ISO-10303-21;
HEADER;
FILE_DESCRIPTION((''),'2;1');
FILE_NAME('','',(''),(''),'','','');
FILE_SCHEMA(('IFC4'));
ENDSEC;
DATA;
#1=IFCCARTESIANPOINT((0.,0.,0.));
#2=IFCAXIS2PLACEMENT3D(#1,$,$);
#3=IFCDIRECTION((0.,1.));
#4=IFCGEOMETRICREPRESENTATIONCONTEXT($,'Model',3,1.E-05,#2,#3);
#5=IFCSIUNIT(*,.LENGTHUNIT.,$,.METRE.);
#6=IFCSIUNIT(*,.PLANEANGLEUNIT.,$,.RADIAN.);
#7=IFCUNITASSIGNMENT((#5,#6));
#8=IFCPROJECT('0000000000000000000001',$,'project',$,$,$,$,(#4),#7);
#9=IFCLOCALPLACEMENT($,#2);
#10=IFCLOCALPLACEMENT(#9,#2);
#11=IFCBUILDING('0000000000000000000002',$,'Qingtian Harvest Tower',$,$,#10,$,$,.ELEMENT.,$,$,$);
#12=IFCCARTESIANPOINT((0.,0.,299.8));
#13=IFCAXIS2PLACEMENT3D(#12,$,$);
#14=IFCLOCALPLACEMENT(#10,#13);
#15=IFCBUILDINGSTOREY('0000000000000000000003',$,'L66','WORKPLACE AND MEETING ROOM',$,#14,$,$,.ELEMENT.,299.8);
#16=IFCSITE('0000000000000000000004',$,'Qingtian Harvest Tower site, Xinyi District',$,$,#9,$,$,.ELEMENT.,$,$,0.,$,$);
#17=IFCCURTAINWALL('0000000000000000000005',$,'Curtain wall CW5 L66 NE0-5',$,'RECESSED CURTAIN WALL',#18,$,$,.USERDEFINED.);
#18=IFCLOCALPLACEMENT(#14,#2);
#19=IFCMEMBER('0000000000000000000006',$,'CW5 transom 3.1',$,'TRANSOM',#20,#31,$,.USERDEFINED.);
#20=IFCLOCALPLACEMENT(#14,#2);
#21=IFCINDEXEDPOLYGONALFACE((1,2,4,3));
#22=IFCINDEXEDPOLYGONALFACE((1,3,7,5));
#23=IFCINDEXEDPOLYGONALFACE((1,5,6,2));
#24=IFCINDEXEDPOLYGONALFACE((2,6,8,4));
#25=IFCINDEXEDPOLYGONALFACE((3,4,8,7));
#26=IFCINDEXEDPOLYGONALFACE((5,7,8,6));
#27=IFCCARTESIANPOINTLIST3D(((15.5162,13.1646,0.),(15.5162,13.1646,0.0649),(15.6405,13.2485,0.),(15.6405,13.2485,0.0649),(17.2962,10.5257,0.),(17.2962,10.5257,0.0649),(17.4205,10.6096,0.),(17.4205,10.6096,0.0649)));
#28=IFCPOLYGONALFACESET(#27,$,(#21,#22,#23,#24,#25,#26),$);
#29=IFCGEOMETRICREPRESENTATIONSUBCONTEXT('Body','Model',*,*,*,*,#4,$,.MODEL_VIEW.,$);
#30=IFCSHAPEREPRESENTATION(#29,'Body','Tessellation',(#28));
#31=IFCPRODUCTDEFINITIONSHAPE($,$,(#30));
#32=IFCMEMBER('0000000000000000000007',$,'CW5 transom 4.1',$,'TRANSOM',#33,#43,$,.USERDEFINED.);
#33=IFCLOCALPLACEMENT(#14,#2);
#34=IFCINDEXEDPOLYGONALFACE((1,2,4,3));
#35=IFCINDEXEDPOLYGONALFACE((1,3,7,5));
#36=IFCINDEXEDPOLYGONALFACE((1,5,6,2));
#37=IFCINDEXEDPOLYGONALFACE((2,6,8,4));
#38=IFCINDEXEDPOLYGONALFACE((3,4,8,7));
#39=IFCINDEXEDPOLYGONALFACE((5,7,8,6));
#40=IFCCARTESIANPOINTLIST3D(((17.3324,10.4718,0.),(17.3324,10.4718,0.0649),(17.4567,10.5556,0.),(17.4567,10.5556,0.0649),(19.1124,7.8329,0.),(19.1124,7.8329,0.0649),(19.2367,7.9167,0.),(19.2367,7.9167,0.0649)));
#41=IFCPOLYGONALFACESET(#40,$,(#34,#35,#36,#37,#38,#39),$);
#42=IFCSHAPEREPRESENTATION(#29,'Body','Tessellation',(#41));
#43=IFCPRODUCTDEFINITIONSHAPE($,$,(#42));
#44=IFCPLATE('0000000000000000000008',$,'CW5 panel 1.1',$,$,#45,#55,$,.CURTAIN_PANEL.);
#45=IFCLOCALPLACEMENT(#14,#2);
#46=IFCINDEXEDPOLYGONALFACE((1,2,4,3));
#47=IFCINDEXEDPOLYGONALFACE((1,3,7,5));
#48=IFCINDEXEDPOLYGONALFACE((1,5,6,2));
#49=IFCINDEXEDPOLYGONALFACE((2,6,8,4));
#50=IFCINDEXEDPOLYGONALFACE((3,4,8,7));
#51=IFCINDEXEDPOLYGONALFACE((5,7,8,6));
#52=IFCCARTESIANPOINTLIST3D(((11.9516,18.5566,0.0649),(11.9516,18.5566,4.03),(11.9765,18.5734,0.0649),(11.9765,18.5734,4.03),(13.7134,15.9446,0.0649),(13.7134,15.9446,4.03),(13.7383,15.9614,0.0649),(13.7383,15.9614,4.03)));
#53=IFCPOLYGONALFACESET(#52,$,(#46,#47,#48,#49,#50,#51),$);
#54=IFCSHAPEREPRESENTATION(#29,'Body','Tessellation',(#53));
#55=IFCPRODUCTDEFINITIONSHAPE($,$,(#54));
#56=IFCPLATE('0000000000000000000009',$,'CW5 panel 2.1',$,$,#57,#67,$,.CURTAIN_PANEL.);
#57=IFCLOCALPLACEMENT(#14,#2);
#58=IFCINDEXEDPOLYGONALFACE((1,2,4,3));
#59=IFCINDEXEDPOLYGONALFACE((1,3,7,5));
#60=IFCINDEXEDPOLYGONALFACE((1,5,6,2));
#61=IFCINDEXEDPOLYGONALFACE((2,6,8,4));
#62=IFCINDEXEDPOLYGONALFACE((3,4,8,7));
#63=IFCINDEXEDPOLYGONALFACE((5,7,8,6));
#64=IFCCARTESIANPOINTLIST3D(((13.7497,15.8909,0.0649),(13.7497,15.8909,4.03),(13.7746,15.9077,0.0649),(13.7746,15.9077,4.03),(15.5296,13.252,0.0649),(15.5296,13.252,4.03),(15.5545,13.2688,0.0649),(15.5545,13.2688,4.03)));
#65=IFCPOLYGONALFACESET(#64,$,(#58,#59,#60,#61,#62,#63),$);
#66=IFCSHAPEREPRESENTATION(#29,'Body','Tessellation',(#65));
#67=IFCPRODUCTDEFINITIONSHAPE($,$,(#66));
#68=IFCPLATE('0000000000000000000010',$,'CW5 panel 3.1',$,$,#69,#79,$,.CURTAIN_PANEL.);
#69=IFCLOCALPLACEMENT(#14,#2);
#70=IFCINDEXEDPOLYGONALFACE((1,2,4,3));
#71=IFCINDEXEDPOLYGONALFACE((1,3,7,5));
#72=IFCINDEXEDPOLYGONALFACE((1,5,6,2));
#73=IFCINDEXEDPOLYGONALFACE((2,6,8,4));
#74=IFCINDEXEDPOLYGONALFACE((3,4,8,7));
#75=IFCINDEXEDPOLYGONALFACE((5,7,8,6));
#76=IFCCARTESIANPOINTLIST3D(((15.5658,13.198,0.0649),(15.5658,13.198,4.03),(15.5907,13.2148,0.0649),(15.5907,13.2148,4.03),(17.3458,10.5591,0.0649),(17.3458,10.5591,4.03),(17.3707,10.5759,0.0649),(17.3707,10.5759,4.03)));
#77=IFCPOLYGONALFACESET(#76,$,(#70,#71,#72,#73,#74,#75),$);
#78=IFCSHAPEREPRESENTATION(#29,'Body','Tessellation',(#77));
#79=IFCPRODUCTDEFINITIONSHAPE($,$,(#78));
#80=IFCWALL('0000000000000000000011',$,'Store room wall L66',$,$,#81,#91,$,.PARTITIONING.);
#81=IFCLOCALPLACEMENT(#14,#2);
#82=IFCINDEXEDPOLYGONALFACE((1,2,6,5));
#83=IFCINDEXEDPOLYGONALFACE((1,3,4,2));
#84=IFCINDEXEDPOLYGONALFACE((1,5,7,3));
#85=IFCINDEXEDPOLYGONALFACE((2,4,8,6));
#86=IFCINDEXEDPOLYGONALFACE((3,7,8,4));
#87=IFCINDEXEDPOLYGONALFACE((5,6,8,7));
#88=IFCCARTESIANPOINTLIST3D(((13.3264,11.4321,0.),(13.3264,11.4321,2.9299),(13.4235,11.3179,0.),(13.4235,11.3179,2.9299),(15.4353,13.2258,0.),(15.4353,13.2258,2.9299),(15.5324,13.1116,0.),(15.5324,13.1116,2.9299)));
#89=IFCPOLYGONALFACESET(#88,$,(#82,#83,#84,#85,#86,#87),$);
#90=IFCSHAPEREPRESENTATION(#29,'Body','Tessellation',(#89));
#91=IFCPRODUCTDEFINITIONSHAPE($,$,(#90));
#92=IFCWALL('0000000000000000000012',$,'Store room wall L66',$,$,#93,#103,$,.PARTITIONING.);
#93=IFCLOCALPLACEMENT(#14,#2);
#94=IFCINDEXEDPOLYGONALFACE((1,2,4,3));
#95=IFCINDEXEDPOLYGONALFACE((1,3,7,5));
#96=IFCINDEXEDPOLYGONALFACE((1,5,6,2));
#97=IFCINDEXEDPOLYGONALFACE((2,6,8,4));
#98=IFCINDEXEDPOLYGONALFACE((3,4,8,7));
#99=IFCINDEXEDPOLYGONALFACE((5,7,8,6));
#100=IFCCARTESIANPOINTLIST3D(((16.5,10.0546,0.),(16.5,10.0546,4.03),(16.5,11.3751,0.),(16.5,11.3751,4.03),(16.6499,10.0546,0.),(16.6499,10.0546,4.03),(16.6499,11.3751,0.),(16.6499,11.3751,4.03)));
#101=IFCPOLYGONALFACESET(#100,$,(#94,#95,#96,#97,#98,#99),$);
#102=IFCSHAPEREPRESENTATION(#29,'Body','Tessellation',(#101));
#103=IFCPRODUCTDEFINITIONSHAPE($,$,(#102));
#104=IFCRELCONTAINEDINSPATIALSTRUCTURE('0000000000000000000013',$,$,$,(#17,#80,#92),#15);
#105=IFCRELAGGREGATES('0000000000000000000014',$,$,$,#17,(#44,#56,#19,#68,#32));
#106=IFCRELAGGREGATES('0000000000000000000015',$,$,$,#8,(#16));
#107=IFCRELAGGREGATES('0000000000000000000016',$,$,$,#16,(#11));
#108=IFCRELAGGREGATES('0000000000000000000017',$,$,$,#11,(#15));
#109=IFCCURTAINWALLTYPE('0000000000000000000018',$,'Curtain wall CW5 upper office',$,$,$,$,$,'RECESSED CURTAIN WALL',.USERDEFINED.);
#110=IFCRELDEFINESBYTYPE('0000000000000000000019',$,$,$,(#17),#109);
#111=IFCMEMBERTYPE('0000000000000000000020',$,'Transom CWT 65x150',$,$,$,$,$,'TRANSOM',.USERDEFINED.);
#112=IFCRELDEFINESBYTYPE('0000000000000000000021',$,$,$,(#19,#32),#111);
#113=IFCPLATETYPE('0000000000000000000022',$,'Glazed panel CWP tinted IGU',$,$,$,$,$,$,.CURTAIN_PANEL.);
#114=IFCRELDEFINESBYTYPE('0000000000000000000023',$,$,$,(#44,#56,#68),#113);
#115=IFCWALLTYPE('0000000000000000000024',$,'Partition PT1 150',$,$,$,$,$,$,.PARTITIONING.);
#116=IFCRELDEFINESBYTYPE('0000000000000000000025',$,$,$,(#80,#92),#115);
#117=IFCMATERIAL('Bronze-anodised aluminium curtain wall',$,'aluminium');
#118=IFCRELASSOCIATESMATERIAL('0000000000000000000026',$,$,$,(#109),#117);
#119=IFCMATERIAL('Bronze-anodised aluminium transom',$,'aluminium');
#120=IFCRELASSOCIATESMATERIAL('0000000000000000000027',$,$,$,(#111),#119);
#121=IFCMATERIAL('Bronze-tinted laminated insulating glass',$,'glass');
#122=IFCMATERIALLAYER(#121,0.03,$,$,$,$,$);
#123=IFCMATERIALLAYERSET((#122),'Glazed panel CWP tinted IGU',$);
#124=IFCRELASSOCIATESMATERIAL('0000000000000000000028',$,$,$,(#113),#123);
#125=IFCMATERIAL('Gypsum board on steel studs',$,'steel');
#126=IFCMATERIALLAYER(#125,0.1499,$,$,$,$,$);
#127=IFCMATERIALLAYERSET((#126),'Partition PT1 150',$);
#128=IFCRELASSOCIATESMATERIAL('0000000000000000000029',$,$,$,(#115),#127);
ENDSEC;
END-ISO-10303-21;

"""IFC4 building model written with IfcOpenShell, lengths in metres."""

from ifc_helpers import new_model, si_unit, direction, frame, frame_2d, origin, origin_2d, place, context, subcontext, project, spatial, rectangle, extrude, material, layer, layer_set, material_profile, profile_set, type_object, element, aggregate, save


model = new_model("IFC4")

# Units and contexts
model_context = context("Model", 3, precision=1e-05, world=origin(), true_north=direction((0.0, 1.0)))
body_context = subcontext(model_context, "Body", "Model", "MODEL_VIEW")
ifc_project = project(units=[si_unit("LENGTHUNIT", "METRE"), si_unit("PLANEANGLEUNIT", "RADIAN")], contexts=[model_context])

# Site, building, storey
site_placement = place(None, origin())
site = spatial("IfcSite", under=ifc_project, at=site_placement, Name="Qingtian Harvest Tower site, Xinyi District", CompositionType="ELEMENT", RefElevation=0.0)
building_placement = place(site_placement, origin())
building = spatial("IfcBuilding", under=site, at=building_placement, Name="Qingtian Harvest Tower", CompositionType="ELEMENT")
storey_placement = place(building_placement, frame((0.0, 0.0, 299.8)))
storey = spatial("IfcBuildingStorey", under=building, at=storey_placement, Name="L66", Description="WORKPLACE AND MEETING ROOM", CompositionType="ELEMENT", Elevation=299.8)

# Shared definitions
ifc_material_1 = material(Name="Bronze-anodised aluminium curtain wall", Category="aluminium")
curtain_wall_type = type_object("IfcCurtainWallType", Name="Curtain wall CW5 upper office", ElementType="RECESSED CURTAIN WALL", PredefinedType="USERDEFINED", material=ifc_material_1)

# Curtain wall
curtain_wall_1_placement = place(storey_placement, origin())
curtain_wall_1 = element("IfcCurtainWall", 1, at=curtain_wall_1_placement, inside=storey, type_object=curtain_wall_type, Name="Curtain wall CW5 L66 NE0-5", ObjectType="RECESSED CURTAIN WALL", PredefinedType="USERDEFINED")

# Members
ifc_material_2 = material(Name="Bronze-anodised aluminium transom", Category="aluminium")
ifc_material_profile_1 = material_profile(ifc_material_2, rectangle(XDim=0.1499, YDim=0.0649, at=origin_2d()), Name="AL 65x150")
ifc_profile_set_1 = profile_set([ifc_material_profile_1], Name="Bronze-anodised aluminium transom")
member_type_1 = type_object("IfcMemberType", Name="Transom CWT 65x150", ElementType="TRANSOM", PredefinedType="USERDEFINED", material=ifc_profile_set_1)
member_1_placement = place(storey_placement, frame((15.5784, 13.2065, 0.0325), z_axis=(0.559205, -0.829029, 0.0), x_axis=(0.829029, 0.559205, 0.0)))
member_1 = element("IfcMember", 2, at=member_1_placement, type_object=member_type_1, Name="CW5 transom 3.1", ObjectType="TRANSOM", PredefinedType="USERDEFINED", context=body_context, shape_type="SweptSolid", body=[
    extrude(rectangle(XDim=0.1499, YDim=0.0649, at=origin_2d()), origin(), (0.0, 0.0, 1.0), 3.1831),
])
member_2_placement = place(storey_placement, frame((17.3945, 10.5137, 0.0325), z_axis=(0.559205, -0.829029, 0.0), x_axis=(0.829029, 0.559205, 0.0)))
member_2 = element("IfcMember", 3, at=member_2_placement, type_object=member_type_1, Name="CW5 transom 4.1", ObjectType="TRANSOM", PredefinedType="USERDEFINED", context=body_context, shape_type="SweptSolid", body=[
    extrude(rectangle(XDim=0.1499, YDim=0.0649, at=origin_2d()), origin(), (0.0, 0.0, 1.0), 3.1831),
])

# Plates
ifc_material_3 = material(Name="Bronze-tinted laminated insulating glass", Category="glass")
ifc_layer_1 = layer(ifc_material_3, 0.03)
ifc_layer_set_1 = layer_set([ifc_layer_1], Name="Glazed panel CWP tinted IGU")
plate_type = type_object("IfcPlateType", Name="Glazed panel CWP tinted IGU", PredefinedType="CURTAIN_PANEL", material=ifc_layer_set_1)
plate_1_placement = place(storey_placement, frame((12.845, 17.259, 0.0649), z_axis=(0.0, 0.0, 1.0), x_axis=(0.559193, -0.829038, 0.0)))
plate_1 = element("IfcPlate", 4, at=plate_1_placement, type_object=plate_type, Name="CW5 panel 1.1", PredefinedType="CURTAIN_PANEL", context=body_context, shape_type="SweptSolid", body=[
    extrude(rectangle(XDim=3.1506, YDim=0.03, at=origin_2d()), origin(), (0.0, 0.0, 1.0), 3.9651),
])
plate_2_placement = place(storey_placement, frame((14.6521, 14.5798, 0.0649), z_axis=(0.0, 0.0, 1.0), x_axis=(0.559193, -0.829038, 0.0)))
plate_2 = element("IfcPlate", 5, at=plate_2_placement, type_object=plate_type, Name="CW5 panel 2.1", PredefinedType="CURTAIN_PANEL", context=body_context, shape_type="SweptSolid", body=[
    extrude(rectangle(XDim=3.1831, YDim=0.03, at=origin_2d()), origin(), (0.0, 0.0, 1.0), 3.9651),
])
plate_3_placement = place(storey_placement, frame((16.4683, 11.887, 0.0649), z_axis=(0.0, 0.0, 1.0), x_axis=(0.559193, -0.829038, 0.0)))
plate_3 = element("IfcPlate", 6, at=plate_3_placement, type_object=plate_type, Name="CW5 panel 3.1", PredefinedType="CURTAIN_PANEL", context=body_context, shape_type="SweptSolid", body=[
    extrude(rectangle(XDim=3.1831, YDim=0.03, at=origin_2d()), origin(), (0.0, 0.0, 1.0), 3.9651),
])
aggregate(curtain_wall_1, [plate_1, plate_2, member_1, plate_3, member_2])

# Wall
ifc_material_4 = material(Name="Gypsum board on steel studs", Category="steel")
ifc_layer_2 = layer(ifc_material_4, 0.1499)
ifc_layer_set_2 = layer_set([ifc_layer_2], Name="Partition PT1 150")
wall_type = type_object("IfcWallType", Name="Partition PT1 150", PredefinedType="PARTITIONING", material=ifc_layer_set_2)
wall_1_placement = place(storey_placement, frame((15.4839, 13.1687, 0.0), z_axis=(0.0, 0.0, 1.0), x_axis=(-0.761735, -0.647889, 0.0)))
element("IfcWall", 7, at=wall_1_placement, inside=storey, type_object=wall_type, Name="Store room wall L66", PredefinedType="PARTITIONING", context=body_context, shape_type="SweptSolid", body=[
    extrude(rectangle(XDim=2.7686, YDim=0.1499, at=frame_2d((1.3843, 0.0))), origin(), (0.0, 0.0, 1.0), 2.9299),
])

# Wall
wall_2_placement = place(storey_placement, frame((16.575, 11.375, 0.0), z_axis=(0.0, 0.0, 1.0), x_axis=(0.0, -1.0, 0.0)))
element("IfcWall", 8, at=wall_2_placement, inside=storey, type_object=wall_type, Name="Store room wall L66", PredefinedType="PARTITIONING", context=body_context, shape_type="SweptSolid", body=[
    extrude(rectangle(XDim=1.3206, YDim=0.1499, at=frame_2d((0.6602, 0.0))), origin(), (0.0, 0.0, 1.0), 4.03),
])

save(model, "model.ifc")
